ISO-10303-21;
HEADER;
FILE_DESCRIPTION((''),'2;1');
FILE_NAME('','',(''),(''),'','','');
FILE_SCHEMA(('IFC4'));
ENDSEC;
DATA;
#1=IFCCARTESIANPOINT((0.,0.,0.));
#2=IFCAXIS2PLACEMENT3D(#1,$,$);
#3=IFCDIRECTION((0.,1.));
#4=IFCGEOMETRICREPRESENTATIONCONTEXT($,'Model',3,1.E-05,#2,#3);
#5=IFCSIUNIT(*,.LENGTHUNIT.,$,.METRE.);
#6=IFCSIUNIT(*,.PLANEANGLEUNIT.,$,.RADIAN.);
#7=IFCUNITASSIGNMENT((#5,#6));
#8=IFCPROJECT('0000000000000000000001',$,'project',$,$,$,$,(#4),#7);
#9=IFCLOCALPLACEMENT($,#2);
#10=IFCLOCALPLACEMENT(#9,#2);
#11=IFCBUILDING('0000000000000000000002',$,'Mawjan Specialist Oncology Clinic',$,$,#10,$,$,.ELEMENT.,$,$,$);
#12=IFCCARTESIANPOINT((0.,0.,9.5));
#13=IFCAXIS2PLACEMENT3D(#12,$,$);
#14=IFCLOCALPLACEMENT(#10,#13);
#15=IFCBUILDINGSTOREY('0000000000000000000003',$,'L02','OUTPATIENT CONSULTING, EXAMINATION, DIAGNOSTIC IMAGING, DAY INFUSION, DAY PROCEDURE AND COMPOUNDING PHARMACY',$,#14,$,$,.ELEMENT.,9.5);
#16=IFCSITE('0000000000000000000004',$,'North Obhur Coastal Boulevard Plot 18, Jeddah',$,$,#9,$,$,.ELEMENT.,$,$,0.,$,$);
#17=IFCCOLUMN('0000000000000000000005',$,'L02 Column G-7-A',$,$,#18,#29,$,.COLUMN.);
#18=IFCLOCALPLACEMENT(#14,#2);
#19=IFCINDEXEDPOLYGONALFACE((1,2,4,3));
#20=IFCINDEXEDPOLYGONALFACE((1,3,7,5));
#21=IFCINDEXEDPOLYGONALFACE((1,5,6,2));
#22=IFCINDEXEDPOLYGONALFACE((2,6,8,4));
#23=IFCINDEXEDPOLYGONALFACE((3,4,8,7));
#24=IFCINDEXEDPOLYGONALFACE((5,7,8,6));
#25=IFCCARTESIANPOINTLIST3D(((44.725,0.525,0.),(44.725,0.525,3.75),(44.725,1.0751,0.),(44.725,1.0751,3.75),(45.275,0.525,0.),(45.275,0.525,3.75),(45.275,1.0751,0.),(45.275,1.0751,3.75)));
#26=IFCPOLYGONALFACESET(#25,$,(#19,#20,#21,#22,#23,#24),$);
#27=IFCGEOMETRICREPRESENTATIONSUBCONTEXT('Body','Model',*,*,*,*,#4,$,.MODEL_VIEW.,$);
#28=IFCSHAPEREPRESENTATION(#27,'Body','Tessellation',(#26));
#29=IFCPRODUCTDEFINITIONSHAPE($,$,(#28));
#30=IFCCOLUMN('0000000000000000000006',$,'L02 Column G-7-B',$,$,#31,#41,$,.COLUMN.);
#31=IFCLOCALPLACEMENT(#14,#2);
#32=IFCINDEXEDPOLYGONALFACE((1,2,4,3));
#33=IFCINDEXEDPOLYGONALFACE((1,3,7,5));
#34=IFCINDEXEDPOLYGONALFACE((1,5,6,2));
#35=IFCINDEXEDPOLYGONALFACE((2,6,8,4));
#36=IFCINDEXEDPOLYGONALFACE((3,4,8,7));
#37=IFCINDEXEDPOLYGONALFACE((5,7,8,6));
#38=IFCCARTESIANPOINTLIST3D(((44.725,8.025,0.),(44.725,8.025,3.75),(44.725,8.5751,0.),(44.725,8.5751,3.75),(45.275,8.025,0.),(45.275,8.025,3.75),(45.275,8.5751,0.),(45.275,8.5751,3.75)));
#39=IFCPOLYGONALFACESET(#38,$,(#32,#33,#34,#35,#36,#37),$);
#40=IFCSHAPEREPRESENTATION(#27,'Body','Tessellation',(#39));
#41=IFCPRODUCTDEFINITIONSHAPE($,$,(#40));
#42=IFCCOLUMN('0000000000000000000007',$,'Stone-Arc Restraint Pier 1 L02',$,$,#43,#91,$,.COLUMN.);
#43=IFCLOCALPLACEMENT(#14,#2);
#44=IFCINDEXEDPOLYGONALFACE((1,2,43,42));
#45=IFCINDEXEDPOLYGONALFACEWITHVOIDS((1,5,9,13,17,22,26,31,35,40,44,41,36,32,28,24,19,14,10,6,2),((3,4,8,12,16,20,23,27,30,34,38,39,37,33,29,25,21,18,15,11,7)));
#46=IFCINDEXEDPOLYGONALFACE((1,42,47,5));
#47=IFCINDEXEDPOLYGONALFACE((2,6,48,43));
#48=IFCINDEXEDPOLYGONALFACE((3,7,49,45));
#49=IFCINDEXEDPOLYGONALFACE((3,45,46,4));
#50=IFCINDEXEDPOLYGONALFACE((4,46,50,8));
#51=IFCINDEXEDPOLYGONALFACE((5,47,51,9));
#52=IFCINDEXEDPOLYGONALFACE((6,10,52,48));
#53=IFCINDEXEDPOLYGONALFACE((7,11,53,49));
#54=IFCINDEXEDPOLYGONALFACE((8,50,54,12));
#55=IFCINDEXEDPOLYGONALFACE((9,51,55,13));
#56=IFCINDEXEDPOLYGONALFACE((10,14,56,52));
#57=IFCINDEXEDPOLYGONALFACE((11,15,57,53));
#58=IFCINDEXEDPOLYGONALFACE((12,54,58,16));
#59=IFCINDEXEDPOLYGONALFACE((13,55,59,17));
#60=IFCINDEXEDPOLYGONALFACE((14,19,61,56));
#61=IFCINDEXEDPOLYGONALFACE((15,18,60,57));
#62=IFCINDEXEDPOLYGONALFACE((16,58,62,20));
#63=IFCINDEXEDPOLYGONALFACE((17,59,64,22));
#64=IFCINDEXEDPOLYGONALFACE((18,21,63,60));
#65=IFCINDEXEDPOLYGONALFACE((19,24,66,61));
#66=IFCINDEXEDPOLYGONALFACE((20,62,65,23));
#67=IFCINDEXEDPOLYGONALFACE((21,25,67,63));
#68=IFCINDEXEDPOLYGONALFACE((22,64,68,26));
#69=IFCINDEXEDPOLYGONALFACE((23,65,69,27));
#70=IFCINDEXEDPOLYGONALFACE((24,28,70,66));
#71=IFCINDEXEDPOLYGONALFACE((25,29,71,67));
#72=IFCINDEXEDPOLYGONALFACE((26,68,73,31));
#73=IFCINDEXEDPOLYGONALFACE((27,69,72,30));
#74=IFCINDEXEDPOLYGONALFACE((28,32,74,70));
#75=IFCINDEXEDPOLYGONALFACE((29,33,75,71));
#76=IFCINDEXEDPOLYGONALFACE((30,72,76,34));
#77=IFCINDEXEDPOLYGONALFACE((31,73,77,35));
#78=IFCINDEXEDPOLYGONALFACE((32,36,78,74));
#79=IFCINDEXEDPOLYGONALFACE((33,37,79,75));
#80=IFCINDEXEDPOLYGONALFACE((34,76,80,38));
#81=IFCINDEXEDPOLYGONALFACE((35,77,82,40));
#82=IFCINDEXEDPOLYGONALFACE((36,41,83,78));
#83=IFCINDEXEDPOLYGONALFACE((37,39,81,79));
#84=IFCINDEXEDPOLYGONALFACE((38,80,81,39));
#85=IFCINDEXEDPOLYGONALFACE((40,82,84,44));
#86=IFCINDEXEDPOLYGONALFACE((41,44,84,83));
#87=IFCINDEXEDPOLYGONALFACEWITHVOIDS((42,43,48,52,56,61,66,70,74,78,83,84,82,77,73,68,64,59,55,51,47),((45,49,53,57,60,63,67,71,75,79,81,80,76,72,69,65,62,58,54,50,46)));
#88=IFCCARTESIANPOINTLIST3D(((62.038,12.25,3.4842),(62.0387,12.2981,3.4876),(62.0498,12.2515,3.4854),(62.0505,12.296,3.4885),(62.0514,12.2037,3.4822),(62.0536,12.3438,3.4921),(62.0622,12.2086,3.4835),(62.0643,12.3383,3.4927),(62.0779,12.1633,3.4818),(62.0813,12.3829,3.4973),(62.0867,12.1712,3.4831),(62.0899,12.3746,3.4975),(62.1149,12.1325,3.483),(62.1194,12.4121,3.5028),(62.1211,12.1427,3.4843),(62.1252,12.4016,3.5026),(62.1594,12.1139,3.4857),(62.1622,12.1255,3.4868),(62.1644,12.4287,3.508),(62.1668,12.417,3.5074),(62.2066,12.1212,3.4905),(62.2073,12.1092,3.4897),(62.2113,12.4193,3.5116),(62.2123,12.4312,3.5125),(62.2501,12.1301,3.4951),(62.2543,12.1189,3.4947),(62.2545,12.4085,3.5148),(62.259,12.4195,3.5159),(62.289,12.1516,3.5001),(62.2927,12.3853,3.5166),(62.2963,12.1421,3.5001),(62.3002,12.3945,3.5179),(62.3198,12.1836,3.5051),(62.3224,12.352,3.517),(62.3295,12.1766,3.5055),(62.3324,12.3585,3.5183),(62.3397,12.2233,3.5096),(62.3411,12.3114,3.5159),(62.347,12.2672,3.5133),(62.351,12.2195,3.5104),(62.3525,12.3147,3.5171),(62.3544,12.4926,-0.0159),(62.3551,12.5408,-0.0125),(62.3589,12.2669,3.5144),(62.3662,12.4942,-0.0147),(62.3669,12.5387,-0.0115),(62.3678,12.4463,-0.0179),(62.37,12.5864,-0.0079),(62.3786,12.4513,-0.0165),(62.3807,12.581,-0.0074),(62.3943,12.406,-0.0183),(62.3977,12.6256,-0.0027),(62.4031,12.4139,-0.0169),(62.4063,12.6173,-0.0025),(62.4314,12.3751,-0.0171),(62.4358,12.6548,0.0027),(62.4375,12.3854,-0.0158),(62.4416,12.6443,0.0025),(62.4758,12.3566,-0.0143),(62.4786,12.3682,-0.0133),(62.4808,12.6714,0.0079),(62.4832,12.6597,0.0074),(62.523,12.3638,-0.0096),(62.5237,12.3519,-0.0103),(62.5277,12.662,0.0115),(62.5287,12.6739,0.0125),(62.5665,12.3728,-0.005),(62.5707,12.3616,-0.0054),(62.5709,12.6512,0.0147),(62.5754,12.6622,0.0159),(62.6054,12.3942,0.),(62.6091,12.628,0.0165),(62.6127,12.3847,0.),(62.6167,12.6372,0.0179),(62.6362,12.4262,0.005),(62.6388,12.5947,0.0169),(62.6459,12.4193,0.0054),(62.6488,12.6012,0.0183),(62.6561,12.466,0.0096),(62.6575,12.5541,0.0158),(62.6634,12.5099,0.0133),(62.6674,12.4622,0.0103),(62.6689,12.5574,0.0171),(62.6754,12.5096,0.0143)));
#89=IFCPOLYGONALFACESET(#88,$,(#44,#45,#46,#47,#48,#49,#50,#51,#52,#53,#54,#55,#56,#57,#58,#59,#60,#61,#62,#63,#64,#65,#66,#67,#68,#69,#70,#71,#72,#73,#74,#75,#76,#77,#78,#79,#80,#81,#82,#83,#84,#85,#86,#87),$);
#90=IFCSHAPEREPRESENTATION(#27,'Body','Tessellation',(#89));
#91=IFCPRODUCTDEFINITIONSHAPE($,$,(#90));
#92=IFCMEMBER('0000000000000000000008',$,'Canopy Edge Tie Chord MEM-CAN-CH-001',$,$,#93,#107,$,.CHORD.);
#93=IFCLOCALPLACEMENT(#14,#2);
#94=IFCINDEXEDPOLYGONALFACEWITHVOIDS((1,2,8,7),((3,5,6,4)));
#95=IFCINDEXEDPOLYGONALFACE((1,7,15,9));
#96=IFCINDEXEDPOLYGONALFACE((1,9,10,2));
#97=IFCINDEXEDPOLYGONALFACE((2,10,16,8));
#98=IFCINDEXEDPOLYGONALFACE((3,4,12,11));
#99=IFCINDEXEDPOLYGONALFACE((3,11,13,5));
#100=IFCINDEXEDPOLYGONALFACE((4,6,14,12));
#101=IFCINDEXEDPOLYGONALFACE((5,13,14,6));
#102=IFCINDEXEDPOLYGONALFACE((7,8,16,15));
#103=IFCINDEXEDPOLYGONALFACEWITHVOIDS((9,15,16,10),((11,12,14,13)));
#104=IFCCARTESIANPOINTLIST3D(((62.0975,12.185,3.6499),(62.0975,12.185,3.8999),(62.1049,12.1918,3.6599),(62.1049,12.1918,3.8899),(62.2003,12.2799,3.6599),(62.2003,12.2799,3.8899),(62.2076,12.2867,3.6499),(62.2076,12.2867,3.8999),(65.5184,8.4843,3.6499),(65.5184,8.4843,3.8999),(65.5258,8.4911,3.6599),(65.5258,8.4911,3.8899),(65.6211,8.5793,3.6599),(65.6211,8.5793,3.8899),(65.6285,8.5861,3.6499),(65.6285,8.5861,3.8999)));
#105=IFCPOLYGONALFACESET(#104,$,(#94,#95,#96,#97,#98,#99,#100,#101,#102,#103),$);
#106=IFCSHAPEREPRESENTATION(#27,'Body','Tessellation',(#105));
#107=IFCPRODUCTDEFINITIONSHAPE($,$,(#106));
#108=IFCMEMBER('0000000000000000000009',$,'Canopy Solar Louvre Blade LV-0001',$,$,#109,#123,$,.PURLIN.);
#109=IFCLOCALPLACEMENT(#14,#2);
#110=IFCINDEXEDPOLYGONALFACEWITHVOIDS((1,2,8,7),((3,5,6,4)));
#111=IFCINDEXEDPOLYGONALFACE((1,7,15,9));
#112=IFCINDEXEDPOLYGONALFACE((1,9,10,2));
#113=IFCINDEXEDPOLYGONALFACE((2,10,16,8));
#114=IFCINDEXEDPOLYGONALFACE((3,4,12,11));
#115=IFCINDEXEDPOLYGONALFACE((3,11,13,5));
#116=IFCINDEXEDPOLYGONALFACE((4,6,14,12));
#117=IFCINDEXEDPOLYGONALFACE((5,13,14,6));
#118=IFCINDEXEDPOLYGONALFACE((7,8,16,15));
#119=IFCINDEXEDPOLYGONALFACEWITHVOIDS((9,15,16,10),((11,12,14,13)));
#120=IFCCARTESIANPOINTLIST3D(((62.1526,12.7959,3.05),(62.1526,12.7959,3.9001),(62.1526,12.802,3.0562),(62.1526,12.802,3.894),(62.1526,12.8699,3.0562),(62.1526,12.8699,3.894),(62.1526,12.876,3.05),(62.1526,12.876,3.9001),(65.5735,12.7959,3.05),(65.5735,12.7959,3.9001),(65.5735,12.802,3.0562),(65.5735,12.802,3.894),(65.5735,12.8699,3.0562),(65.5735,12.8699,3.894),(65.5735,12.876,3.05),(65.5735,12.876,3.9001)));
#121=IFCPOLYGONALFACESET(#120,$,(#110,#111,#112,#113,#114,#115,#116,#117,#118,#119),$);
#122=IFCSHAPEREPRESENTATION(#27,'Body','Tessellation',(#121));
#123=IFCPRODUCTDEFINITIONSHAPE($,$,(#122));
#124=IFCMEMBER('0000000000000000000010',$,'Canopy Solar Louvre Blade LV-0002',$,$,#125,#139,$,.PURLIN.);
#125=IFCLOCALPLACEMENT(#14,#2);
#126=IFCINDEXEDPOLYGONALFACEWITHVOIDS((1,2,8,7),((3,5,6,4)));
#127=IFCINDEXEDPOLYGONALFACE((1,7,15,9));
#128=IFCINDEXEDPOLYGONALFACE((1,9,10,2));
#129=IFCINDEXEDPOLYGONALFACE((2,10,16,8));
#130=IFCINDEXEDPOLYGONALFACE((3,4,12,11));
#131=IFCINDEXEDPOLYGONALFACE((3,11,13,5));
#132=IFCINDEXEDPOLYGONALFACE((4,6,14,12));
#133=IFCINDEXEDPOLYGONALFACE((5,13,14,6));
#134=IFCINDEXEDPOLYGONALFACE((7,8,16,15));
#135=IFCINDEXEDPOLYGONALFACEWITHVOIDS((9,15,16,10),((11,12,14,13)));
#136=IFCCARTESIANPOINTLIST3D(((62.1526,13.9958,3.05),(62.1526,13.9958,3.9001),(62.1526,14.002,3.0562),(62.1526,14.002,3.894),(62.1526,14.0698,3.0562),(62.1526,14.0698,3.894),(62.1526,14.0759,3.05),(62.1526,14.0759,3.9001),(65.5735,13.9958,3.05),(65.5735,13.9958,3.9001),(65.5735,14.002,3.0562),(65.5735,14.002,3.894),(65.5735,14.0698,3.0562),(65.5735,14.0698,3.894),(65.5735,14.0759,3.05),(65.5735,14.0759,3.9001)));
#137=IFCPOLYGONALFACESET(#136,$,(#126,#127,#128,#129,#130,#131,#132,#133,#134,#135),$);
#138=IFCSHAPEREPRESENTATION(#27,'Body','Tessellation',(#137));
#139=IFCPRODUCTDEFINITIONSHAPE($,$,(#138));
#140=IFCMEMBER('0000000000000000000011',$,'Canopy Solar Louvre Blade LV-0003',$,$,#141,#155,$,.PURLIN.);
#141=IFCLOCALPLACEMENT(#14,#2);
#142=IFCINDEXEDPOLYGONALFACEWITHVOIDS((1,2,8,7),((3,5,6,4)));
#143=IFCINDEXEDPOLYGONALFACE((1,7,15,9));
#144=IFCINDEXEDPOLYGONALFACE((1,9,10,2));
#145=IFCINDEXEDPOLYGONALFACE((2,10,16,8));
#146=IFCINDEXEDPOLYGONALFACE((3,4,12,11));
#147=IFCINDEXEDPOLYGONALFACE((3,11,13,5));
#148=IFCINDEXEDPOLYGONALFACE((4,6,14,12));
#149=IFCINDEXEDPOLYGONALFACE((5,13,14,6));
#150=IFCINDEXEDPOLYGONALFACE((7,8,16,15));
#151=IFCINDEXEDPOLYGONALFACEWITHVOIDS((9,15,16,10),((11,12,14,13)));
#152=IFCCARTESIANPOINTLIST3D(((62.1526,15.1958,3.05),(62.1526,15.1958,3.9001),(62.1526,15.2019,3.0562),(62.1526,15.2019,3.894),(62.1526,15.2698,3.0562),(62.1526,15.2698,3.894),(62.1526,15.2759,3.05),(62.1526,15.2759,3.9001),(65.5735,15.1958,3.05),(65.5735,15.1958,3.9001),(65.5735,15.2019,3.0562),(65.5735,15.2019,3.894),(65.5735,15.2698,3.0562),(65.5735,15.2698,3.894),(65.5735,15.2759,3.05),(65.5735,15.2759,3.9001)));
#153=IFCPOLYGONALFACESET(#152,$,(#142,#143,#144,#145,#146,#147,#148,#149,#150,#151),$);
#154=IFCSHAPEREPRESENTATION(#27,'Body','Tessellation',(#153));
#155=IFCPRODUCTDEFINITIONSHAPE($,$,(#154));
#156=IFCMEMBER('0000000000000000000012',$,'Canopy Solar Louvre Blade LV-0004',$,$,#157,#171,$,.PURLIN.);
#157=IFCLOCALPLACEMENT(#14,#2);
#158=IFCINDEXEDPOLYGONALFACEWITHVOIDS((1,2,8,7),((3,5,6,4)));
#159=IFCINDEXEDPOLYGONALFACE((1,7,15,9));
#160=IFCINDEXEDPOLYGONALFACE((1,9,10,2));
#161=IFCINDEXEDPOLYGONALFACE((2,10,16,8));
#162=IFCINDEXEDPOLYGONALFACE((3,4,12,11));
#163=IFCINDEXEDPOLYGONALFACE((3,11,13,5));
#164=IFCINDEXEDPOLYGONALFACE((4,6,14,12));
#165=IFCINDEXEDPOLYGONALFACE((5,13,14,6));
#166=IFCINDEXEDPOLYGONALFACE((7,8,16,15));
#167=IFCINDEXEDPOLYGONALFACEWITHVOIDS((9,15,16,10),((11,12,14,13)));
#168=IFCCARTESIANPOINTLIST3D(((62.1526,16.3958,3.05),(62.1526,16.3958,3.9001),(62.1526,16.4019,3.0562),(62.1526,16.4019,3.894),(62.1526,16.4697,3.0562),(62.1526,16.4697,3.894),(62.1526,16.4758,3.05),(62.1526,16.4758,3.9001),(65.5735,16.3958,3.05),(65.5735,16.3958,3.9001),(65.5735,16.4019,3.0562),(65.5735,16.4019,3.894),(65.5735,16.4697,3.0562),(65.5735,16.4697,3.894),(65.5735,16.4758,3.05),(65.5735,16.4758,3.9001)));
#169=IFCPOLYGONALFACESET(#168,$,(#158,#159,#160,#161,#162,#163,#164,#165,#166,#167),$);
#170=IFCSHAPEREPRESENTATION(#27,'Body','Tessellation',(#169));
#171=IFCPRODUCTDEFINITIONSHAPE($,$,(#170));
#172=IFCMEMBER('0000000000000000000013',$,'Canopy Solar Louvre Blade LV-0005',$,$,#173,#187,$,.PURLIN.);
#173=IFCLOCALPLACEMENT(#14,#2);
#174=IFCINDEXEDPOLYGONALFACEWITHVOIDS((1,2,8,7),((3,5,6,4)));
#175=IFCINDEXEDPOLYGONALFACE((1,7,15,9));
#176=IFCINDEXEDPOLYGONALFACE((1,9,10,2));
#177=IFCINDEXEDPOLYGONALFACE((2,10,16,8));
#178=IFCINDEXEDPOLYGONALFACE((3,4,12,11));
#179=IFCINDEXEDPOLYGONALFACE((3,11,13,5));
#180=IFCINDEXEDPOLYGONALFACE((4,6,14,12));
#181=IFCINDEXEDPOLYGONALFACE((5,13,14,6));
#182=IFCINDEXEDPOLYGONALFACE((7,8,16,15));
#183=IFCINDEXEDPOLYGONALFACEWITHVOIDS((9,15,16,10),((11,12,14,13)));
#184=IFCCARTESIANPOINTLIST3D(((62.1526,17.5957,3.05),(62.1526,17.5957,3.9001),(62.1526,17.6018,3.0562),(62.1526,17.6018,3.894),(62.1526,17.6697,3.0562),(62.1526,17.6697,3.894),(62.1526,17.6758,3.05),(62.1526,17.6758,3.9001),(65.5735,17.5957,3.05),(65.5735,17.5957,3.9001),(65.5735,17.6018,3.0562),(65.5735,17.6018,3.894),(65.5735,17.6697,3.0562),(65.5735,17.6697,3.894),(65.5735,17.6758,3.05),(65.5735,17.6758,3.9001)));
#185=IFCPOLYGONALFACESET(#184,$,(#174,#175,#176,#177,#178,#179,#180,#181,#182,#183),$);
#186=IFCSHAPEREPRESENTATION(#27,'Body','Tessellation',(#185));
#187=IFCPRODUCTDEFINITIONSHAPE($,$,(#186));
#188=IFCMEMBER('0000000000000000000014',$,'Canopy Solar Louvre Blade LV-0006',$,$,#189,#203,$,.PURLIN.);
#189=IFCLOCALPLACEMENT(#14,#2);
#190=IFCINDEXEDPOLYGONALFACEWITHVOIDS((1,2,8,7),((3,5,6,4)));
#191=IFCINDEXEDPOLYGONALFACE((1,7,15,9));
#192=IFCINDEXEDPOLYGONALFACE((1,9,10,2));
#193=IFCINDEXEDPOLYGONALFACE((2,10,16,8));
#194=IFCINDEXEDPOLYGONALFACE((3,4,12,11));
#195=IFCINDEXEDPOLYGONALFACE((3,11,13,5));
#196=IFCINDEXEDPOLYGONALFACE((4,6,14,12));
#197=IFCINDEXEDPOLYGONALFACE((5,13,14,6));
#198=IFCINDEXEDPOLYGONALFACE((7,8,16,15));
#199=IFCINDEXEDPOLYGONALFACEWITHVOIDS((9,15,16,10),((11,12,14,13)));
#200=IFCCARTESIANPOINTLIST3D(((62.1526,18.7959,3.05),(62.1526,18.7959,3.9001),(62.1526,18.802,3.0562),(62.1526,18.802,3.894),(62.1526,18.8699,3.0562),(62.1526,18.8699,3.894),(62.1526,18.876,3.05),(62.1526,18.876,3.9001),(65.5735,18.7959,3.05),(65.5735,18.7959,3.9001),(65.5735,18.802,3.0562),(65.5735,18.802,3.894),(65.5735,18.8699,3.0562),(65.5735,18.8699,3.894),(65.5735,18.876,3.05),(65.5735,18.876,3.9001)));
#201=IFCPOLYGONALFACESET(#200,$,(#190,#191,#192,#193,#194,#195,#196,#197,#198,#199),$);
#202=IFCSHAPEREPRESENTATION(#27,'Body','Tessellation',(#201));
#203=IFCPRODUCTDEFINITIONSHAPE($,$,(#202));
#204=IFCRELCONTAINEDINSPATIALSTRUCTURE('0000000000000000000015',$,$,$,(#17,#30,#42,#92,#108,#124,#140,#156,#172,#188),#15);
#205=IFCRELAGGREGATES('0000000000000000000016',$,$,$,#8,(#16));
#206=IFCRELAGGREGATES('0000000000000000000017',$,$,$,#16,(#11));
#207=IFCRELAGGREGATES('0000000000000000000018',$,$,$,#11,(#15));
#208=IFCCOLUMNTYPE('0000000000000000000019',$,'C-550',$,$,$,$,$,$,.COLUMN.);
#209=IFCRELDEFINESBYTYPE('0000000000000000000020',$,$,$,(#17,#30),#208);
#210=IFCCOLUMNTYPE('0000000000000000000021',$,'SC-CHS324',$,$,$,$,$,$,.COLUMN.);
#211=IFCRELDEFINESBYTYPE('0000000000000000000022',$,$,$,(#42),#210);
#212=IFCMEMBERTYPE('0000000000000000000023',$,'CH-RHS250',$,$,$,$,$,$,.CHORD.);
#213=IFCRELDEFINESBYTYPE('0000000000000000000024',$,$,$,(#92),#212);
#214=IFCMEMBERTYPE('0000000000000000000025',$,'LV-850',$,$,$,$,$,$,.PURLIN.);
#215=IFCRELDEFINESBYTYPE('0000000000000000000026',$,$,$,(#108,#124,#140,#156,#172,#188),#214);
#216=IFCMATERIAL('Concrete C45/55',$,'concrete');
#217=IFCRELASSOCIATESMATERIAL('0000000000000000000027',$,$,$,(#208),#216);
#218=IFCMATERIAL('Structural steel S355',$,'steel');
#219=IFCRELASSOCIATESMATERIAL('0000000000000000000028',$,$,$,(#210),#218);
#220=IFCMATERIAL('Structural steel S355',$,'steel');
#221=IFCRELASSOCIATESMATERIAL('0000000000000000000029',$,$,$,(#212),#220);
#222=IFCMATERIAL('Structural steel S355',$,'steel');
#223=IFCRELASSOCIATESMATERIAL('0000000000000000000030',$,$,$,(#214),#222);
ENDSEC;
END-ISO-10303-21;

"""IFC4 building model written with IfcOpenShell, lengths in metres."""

from ifc_helpers import new_model, si_unit, direction, frame, origin, origin_2d, place, context, subcontext, project, spatial, rectangle, hollow_rectangle, hollow_circle, extrude, material, material_profile, profile_set, type_object, element, save


model = new_model("IFC4")

# Units and contexts
model_context = context("Model", 3, precision=1e-05, world=origin(), true_north=direction((0.0, 1.0)))
body_context = subcontext(model_context, "Body", "Model", "MODEL_VIEW")
ifc_project = project(units=[si_unit("LENGTHUNIT", "METRE"), si_unit("PLANEANGLEUNIT", "RADIAN")], contexts=[model_context])

# Site, building, storey
site_placement = place(None, origin())
site = spatial("IfcSite", under=ifc_project, at=site_placement, Name="North Obhur Coastal Boulevard Plot 18, Jeddah", CompositionType="ELEMENT", RefElevation=0.0)
building_placement = place(site_placement, origin())
building = spatial("IfcBuilding", under=site, at=building_placement, Name="Mawjan Specialist Oncology Clinic", CompositionType="ELEMENT")
storey_placement = place(building_placement, frame((0.0, 0.0, 9.5)))
storey = spatial("IfcBuildingStorey", under=building, at=storey_placement, Name="L02", Description="OUTPATIENT CONSULTING, EXAMINATION, DIAGNOSTIC IMAGING, DAY INFUSION, DAY PROCEDURE AND COMPOUNDING PHARMACY", CompositionType="ELEMENT", Elevation=9.5)

# Columns
ifc_material_1 = material(Name="Concrete C45/55", Category="concrete")
ifc_material_profile_1 = material_profile(ifc_material_1, rectangle(XDim=0.55, YDim=0.55, at=origin_2d()), Name="RC COL 550x550", Category="concrete")
ifc_profile_set_1 = profile_set([ifc_material_profile_1], Name="Concrete C45/55")
column_type_1 = type_object("IfcColumnType", Name="C-550", PredefinedType="COLUMN", material=ifc_profile_set_1)
for number, where, z_axis, x_axis, name in (
    (1, (45.0, 0.8, 0.0), (0.0, 0.0, 1.0), (1.0, 0.0, 0.0), "L02 Column G-7-A"),
    (2, (45.0, 8.3, 0.0), (0.0, 0.0, 1.0), (1.0, 0.0, 0.0), "L02 Column G-7-B"),
):
    element("IfcColumn", number, at=place(storey_placement, frame(where, z_axis=z_axis, x_axis=x_axis)), inside=storey, type_object=column_type_1, Name=name, PredefinedType="COLUMN", context=body_context, shape_type="SweptSolid", body=[
        extrude(rectangle(XDim=0.55, YDim=0.55, at=origin_2d()), origin(), (0.0, 0.0, 1.0), 3.75),
    ])
ifc_material_2 = material(Name="Structural steel S355", Category="steel")
ifc_material_profile_2 = material_profile(ifc_material_2, hollow_circle(Radius=0.1619, WallThickness=0.012, at=origin_2d()), Name="CHS 323.9x12", Category="steel")
ifc_profile_set_2 = profile_set([ifc_material_profile_2], Name="Structural steel S355")
column_type_2 = type_object("IfcColumnType", Name="SC-CHS324", PredefinedType="COLUMN", material=ifc_profile_set_2)
column_placement = place(storey_placement, frame((62.5142, 12.5132, 0.0), z_axis=(-0.089821, -0.06889, 0.993573), x_axis=(0.608586, -0.793488, 0.0)))
element("IfcColumn", 3, at=column_placement, inside=storey, type_object=column_type_2, Name="Stone-Arc Restraint Pier 1 L02", PredefinedType="COLUMN", context=body_context, shape_type="SweptSolid", body=[
    extrude(hollow_circle(Radius=0.1619, WallThickness=0.012, at=origin_2d()), origin(), (0.0, 0.0, 1.0), 3.5227),
])

# Members
ifc_material_3 = material(Name="Structural steel S355", Category="steel")
ifc_material_profile_3 = material_profile(ifc_material_3, hollow_rectangle(XDim=0.1499, YDim=0.25, WallThickness=0.01, at=origin_2d()), Name="RHS 250x150x10", Category="steel")
ifc_profile_set_3 = profile_set([ifc_material_profile_3], Name="Structural steel S355")
member_type_1 = type_object("IfcMemberType", Name="CH-RHS250", PredefinedType="CHORD", material=ifc_profile_set_3)
member_placement = place(storey_placement, frame((62.1526, 12.2358, 3.7749), z_axis=(0.678803, -0.73432, 0.0), x_axis=(0.73432, 0.678803, 0.0)))
element("IfcMember", 4, at=member_placement, inside=storey, type_object=member_type_1, Name="Canopy Edge Tie Chord MEM-CAN-CH-001", PredefinedType="CHORD", context=body_context, shape_type="SweptSolid", body=[
    extrude(hollow_rectangle(XDim=0.1499, YDim=0.25, WallThickness=0.01, at=origin_2d()), origin(), (0.0, 0.0, 1.0), 5.0396),
])
ifc_material_4 = material(Name="Structural steel S355", Category="steel")
ifc_material_profile_4 = material_profile(ifc_material_4, hollow_rectangle(XDim=0.0801, YDim=0.8501, WallThickness=0.0061, at=origin_2d()), Name="LOUVRE 850x80x6", Category="steel")
ifc_profile_set_4 = profile_set([ifc_material_profile_4], Name="Structural steel S355")
member_type_2 = type_object("IfcMemberType", Name="LV-850", PredefinedType="PURLIN", material=ifc_profile_set_4)
for number, where, z_axis, x_axis, name in (
    (5, (62.1526, 12.8359, 3.4751), (1.0, 0.0, 0.0), (0.0, 1.0, 0.0), "Canopy Solar Louvre Blade LV-0001"),
    (6, (62.1526, 14.0359, 3.4751), (1.0, 0.0, 0.0), (0.0, 1.0, 0.0), "Canopy Solar Louvre Blade LV-0002"),
    (7, (62.1526, 15.2358, 3.4751), (1.0, 0.0, 0.0), (0.0, 1.0, 0.0), "Canopy Solar Louvre Blade LV-0003"),
    (8, (62.1526, 16.4358, 3.4751), (1.0, 0.0, 0.0), (0.0, 1.0, 0.0), "Canopy Solar Louvre Blade LV-0004"),
    (9, (62.1526, 17.6357, 3.4751), (1.0, 0.0, 0.0), (0.0, 1.0, 0.0), "Canopy Solar Louvre Blade LV-0005"),
    (10, (62.1526, 18.8359, 3.4751), (1.0, 0.0, 0.0), (0.0, 1.0, 0.0), "Canopy Solar Louvre Blade LV-0006"),
):
    element("IfcMember", number, at=place(storey_placement, frame(where, z_axis=z_axis, x_axis=x_axis)), inside=storey, type_object=member_type_2, Name=name, PredefinedType="PURLIN", context=body_context, shape_type="SweptSolid", body=[
        extrude(hollow_rectangle(XDim=0.0801, YDim=0.8501, WallThickness=0.0061, at=origin_2d()), origin(), (0.0, 0.0, 1.0), 3.4209),
    ])

save(model, "model.ifc")
